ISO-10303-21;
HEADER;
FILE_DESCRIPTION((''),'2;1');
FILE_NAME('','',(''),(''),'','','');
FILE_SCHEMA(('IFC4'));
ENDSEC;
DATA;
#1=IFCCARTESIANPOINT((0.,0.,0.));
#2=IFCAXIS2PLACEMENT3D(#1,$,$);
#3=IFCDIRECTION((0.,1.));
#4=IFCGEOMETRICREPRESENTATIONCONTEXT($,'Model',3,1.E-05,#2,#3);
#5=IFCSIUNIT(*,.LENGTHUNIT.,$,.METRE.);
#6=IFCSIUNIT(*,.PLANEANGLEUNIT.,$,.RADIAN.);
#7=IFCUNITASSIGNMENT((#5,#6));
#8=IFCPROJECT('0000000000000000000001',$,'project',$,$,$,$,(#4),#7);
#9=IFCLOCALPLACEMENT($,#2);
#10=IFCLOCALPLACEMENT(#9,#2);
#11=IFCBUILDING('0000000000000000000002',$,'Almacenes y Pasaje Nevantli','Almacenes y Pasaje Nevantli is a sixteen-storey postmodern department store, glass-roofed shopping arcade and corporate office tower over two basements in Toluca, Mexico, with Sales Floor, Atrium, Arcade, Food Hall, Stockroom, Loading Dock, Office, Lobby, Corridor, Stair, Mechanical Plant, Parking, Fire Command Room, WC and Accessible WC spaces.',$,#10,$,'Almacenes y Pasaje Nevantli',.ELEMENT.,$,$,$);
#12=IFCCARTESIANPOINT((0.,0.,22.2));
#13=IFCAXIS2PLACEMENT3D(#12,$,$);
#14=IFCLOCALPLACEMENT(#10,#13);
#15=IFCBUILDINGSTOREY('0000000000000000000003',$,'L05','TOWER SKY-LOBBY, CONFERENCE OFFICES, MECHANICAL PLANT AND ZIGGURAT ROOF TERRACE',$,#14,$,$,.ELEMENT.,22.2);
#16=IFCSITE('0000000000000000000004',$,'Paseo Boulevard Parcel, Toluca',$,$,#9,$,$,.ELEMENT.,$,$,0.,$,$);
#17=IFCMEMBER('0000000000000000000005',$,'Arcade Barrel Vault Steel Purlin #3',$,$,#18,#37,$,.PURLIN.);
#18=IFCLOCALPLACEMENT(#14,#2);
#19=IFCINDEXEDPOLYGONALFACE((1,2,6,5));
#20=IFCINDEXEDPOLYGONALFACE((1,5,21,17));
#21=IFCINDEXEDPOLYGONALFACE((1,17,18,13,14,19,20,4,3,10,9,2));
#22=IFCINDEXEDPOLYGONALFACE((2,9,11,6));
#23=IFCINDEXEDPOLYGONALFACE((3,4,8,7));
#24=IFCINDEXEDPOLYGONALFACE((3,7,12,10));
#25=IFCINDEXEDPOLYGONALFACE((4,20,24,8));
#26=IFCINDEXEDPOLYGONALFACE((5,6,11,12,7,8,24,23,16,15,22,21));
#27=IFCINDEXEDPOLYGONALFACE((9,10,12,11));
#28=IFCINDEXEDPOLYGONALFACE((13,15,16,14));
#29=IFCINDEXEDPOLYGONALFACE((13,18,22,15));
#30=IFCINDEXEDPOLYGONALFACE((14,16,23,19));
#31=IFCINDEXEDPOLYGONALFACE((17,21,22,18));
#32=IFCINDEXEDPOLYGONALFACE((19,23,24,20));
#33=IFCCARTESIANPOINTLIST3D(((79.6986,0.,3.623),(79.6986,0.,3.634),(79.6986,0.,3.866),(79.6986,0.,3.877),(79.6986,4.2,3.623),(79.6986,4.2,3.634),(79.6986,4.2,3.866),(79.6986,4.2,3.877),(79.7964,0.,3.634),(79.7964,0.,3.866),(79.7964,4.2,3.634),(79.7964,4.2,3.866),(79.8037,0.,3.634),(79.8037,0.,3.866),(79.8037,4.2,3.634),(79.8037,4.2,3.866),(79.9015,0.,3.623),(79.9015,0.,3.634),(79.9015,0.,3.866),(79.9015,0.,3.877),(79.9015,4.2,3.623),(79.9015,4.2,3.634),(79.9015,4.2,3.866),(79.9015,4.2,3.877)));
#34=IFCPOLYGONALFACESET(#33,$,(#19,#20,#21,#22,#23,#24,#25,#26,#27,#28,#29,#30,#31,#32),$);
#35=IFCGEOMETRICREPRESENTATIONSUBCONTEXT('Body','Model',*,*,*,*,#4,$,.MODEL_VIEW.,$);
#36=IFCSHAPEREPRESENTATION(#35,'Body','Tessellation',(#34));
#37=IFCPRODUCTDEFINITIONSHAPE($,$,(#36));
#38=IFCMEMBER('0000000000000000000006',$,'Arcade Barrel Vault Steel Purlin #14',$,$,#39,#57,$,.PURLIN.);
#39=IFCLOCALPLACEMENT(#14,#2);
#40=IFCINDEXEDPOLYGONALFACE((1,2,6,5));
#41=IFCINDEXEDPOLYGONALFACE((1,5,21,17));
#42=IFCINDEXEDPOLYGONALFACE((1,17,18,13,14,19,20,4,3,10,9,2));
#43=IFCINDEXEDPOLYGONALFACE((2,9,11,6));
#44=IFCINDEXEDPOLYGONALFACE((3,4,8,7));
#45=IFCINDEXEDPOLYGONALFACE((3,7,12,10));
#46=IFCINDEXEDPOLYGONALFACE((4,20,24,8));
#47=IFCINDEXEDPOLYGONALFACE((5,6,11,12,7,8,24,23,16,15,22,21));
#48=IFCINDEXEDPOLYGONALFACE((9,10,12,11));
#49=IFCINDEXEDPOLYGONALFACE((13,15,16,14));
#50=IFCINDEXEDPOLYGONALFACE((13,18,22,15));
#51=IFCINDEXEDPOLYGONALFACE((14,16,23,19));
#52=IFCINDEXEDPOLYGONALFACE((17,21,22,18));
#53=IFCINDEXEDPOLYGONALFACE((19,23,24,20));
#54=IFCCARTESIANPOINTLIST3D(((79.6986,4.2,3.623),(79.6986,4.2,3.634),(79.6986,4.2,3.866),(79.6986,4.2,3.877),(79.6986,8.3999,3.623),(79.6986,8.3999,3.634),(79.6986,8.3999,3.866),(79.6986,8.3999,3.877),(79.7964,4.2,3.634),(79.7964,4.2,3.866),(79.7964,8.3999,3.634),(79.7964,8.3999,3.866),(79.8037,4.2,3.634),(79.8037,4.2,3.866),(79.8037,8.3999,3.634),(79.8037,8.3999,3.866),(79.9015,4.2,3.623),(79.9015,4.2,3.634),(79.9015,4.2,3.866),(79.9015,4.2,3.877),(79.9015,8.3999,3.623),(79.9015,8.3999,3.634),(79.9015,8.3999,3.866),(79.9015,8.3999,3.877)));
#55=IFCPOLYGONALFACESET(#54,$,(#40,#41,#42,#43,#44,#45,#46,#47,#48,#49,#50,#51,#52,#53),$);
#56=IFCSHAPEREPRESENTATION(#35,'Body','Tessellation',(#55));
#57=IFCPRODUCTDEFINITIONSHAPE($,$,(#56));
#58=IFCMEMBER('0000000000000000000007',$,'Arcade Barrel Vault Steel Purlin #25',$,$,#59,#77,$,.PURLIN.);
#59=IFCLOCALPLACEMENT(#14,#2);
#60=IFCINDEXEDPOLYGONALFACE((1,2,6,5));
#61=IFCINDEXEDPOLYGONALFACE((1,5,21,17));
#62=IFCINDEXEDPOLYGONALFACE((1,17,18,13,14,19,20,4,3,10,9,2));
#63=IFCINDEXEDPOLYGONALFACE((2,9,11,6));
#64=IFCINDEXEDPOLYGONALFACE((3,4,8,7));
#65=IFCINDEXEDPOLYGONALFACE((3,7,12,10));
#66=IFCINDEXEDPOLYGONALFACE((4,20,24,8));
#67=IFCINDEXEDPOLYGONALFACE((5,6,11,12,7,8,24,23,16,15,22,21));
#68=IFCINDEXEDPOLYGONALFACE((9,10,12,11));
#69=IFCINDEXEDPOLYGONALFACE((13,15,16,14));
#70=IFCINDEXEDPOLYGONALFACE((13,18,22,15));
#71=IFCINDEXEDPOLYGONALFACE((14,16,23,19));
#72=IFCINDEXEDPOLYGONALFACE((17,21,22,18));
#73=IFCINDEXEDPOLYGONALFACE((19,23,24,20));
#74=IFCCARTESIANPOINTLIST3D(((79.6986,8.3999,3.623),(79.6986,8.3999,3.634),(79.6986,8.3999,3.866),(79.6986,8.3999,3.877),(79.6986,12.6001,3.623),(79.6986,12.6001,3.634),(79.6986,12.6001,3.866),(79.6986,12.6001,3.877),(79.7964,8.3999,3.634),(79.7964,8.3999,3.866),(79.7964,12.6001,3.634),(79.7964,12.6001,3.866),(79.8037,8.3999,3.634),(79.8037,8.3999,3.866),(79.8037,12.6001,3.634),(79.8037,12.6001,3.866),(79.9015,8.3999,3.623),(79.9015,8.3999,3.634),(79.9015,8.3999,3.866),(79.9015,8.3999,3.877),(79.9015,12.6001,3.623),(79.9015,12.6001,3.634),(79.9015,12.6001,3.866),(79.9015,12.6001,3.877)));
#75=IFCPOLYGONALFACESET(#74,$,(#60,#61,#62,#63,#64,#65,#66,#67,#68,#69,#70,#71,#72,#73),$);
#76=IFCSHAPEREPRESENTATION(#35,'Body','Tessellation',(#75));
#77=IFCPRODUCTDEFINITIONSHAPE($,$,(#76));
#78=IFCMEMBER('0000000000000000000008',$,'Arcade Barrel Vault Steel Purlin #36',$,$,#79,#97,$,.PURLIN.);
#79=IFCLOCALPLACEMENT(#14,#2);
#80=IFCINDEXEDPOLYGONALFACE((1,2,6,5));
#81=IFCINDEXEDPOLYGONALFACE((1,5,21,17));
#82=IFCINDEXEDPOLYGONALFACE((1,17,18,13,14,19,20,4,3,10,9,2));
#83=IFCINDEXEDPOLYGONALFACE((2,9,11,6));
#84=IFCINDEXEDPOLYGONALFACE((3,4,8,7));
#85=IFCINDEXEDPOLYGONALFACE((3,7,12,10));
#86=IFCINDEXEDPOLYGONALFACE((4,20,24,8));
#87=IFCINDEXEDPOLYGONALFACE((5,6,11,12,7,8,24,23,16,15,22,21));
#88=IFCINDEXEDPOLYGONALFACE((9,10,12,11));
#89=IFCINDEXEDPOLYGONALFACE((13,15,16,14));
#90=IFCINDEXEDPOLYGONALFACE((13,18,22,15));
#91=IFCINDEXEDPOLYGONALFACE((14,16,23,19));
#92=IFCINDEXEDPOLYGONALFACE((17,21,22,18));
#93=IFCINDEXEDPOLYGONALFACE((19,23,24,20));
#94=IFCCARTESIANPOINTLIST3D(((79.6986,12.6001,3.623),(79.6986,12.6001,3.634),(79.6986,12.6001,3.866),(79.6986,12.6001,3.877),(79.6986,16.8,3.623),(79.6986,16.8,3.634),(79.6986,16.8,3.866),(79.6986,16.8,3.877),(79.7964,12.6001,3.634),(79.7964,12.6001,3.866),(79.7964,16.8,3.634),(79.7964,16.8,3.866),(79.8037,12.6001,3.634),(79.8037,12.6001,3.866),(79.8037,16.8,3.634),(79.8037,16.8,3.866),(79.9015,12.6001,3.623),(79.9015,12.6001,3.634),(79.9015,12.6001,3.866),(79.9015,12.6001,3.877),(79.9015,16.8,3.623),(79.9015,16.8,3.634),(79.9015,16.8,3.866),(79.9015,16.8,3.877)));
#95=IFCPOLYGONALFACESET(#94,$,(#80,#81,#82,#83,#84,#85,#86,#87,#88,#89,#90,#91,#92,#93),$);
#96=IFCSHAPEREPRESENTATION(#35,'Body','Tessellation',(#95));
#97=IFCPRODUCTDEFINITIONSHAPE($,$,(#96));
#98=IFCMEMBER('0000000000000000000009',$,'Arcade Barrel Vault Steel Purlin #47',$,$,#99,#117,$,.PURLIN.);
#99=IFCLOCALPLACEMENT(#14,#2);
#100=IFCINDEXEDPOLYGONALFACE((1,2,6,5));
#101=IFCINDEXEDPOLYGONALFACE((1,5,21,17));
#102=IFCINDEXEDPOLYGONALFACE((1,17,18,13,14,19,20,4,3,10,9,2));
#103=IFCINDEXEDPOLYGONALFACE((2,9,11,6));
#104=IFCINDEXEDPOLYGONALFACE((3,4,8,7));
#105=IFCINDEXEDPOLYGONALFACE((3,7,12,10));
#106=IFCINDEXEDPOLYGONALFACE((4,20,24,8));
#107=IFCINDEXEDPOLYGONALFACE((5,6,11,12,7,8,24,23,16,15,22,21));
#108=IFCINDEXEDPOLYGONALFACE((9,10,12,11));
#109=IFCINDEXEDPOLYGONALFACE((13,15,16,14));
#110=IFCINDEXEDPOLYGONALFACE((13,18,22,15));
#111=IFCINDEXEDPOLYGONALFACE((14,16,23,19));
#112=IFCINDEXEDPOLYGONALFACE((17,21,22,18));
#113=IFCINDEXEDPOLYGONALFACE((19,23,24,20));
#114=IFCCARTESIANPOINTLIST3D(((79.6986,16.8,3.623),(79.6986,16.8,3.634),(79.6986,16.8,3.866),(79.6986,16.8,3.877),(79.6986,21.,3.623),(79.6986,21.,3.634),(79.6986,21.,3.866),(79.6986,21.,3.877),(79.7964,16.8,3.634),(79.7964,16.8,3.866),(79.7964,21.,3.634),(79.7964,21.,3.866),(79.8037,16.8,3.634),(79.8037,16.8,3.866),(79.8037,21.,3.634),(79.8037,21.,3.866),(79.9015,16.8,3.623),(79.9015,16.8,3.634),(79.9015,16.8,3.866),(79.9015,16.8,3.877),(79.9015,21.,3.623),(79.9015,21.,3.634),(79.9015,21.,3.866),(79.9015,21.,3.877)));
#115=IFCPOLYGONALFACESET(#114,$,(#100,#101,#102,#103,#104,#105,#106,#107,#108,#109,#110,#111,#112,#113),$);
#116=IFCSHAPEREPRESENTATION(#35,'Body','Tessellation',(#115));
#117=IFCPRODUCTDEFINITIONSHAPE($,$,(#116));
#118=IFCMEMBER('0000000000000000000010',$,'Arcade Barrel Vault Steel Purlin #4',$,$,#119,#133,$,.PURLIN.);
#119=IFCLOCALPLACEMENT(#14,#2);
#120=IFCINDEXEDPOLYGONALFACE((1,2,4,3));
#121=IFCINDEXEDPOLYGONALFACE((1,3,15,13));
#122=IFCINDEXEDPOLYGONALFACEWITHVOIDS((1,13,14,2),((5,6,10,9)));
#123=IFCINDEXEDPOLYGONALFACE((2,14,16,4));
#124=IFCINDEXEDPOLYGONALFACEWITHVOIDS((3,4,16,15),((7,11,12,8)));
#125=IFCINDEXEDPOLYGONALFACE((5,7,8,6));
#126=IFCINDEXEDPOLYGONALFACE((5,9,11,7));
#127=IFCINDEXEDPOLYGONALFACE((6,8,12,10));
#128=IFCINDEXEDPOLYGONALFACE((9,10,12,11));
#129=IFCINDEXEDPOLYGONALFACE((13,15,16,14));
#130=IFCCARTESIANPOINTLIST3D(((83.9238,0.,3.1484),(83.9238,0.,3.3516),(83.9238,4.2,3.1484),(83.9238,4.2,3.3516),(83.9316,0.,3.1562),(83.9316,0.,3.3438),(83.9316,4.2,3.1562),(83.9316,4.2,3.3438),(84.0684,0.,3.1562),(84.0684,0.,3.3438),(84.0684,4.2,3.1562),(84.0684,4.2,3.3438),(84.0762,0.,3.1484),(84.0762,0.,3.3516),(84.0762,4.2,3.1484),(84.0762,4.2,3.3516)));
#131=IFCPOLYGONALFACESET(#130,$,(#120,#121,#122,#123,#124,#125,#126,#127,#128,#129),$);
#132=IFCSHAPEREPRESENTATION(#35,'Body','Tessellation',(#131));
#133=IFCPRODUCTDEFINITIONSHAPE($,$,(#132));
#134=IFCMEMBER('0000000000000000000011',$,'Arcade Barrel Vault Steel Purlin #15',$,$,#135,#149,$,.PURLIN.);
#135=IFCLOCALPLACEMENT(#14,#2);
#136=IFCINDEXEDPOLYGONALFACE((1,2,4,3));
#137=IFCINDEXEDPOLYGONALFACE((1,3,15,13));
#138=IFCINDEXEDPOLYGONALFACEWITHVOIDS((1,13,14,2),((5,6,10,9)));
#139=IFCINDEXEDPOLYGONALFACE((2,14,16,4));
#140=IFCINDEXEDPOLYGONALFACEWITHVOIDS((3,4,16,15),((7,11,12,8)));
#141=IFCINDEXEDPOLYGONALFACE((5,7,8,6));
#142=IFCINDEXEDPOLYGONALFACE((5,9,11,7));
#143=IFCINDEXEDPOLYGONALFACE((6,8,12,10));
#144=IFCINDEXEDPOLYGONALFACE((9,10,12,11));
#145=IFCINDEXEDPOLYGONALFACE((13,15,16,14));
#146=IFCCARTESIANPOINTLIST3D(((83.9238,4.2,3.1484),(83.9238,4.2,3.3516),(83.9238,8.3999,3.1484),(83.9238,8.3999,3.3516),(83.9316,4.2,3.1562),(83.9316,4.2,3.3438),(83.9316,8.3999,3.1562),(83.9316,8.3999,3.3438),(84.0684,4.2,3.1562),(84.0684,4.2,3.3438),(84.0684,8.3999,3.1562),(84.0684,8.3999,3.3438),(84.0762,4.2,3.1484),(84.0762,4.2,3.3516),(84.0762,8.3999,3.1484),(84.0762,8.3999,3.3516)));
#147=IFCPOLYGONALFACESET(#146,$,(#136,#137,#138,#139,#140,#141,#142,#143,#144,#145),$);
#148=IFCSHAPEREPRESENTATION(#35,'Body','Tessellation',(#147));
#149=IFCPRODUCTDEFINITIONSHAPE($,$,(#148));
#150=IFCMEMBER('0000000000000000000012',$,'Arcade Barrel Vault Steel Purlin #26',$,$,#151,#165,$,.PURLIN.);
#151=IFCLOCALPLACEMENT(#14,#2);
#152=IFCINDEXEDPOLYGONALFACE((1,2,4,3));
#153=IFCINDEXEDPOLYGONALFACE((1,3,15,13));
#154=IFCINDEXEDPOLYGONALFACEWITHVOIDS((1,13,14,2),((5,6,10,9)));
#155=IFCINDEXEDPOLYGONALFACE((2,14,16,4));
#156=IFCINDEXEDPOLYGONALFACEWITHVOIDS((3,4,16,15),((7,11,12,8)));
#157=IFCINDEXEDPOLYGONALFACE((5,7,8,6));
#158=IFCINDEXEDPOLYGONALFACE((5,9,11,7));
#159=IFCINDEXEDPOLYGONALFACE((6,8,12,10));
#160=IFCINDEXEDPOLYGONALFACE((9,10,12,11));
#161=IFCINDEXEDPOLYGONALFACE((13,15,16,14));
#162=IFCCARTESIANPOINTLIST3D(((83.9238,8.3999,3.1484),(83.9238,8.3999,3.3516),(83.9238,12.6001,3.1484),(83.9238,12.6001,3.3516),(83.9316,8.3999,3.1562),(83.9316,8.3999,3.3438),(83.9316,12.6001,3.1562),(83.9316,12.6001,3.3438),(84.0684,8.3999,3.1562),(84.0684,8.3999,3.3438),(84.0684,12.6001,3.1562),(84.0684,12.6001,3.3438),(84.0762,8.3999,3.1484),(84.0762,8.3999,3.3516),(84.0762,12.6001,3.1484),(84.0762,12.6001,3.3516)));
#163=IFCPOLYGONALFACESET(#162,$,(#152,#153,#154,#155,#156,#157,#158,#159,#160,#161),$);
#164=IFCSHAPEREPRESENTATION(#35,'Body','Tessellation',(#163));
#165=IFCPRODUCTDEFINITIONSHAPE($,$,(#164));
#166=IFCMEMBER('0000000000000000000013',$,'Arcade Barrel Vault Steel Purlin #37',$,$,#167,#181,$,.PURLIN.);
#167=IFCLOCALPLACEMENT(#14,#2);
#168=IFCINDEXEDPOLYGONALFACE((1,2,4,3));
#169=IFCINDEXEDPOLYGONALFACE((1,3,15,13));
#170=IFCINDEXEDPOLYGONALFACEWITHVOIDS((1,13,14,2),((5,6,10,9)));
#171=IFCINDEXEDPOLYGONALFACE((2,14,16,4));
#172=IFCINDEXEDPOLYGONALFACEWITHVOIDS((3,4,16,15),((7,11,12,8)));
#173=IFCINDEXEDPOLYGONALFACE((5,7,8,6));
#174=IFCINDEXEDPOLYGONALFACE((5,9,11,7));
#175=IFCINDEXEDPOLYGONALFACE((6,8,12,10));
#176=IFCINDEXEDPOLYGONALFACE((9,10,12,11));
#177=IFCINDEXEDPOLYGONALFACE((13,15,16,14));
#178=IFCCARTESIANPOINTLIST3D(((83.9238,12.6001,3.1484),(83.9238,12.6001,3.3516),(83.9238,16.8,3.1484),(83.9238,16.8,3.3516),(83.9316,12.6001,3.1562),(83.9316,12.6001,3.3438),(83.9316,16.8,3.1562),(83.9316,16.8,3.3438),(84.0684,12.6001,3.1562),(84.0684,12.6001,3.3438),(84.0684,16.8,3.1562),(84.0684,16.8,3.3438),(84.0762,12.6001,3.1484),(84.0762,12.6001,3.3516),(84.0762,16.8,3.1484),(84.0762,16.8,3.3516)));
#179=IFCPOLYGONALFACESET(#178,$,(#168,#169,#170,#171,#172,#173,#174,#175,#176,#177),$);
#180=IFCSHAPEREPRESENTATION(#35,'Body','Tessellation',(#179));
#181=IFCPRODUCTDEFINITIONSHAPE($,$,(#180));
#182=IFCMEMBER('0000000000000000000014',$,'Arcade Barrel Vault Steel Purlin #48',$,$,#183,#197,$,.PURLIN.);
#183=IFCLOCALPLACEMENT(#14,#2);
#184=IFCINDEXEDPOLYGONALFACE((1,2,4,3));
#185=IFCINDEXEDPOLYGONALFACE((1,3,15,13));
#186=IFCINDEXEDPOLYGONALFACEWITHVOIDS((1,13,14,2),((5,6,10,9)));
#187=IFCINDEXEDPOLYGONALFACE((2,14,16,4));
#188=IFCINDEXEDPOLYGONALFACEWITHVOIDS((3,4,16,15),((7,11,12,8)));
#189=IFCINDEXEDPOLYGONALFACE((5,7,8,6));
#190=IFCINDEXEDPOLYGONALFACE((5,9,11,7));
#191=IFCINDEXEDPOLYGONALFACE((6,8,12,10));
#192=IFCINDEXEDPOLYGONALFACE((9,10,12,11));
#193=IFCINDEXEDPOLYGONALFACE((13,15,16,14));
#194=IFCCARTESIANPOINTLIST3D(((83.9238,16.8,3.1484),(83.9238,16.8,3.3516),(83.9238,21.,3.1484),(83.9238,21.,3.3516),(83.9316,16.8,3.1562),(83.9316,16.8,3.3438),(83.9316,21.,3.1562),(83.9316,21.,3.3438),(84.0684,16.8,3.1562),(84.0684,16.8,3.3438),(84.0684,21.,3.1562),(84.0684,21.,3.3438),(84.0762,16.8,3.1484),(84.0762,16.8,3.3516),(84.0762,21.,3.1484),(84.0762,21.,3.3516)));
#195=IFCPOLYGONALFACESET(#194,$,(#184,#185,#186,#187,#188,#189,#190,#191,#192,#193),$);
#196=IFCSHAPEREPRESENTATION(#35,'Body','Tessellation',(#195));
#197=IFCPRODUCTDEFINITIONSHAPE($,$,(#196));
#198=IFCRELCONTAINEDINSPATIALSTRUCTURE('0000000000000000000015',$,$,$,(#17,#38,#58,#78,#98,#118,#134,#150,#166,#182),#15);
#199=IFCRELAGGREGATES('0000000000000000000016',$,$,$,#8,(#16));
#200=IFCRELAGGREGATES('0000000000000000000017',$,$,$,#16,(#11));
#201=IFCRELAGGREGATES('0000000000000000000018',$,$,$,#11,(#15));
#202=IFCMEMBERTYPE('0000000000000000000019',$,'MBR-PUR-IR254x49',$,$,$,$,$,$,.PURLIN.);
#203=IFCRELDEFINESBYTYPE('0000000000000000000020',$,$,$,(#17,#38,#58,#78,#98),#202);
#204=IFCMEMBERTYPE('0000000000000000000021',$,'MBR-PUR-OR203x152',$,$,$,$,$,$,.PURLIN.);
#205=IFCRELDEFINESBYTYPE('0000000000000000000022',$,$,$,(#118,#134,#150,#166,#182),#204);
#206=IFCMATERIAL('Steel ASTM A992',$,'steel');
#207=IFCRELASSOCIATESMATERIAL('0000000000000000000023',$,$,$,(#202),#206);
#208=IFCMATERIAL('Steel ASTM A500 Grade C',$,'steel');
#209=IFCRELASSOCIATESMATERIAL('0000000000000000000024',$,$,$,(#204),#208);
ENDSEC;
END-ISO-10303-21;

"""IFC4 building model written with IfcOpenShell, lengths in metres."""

from ifc_helpers import new_model, si_unit, direction, frame, origin, origin_2d, place, context, subcontext, project, spatial, hollow_rectangle, i_section, extrude, material, material_profile, profile_set, type_object, element, save


model = new_model("IFC4")

# Units and contexts
model_context = context("Model", 3, precision=1e-05, world=origin(), true_north=direction((0.0, 1.0)))
body_context = subcontext(model_context, "Body", "Model", "MODEL_VIEW")
ifc_project = project(units=[si_unit("LENGTHUNIT", "METRE"), si_unit("PLANEANGLEUNIT", "RADIAN")], contexts=[model_context])

# Site, building, storey
site_placement = place(None, origin())
site = spatial("IfcSite", under=ifc_project, at=site_placement, Name="Paseo Boulevard Parcel, Toluca", CompositionType="ELEMENT", RefElevation=0.0)
building_placement = place(site_placement, origin())
building = spatial("IfcBuilding", under=site, at=building_placement, Name="Almacenes y Pasaje Nevantli", Description="Almacenes y Pasaje Nevantli is a sixteen-storey postmodern department store, glass-roofed shopping arcade and corporate office tower over two basements in Toluca, Mexico, with Sales Floor, Atrium, Arcade, Food Hall, Stockroom, Loading Dock, Office, Lobby, Corridor, Stair, Mechanical Plant, Parking, Fire Command Room, WC and Accessible WC spaces.", LongName="Almacenes y Pasaje Nevantli", CompositionType="ELEMENT")
storey_placement = place(building_placement, frame((0.0, 0.0, 22.2)))
storey = spatial("IfcBuildingStorey", under=building, at=storey_placement, Name="L05", Description="TOWER SKY-LOBBY, CONFERENCE OFFICES, MECHANICAL PLANT AND ZIGGURAT ROOF TERRACE", CompositionType="ELEMENT", Elevation=22.2)

# Members
ifc_material_1 = material(Name="Steel ASTM A992", Category="steel")
ifc_material_profile_1 = material_profile(ifc_material_1, i_section(OverallWidth=0.2029, OverallDepth=0.2539, WebThickness=0.0073, FlangeThickness=0.011, at=origin_2d()), Name="IR 254x49.1")
ifc_profile_set_1 = profile_set([ifc_material_profile_1], Name="Steel ASTM A992")
member_type_1 = type_object("IfcMemberType", Name="MBR-PUR-IR254x49", PredefinedType="PURLIN", material=ifc_profile_set_1)
for number, where, z_axis, x_axis, name in (
    (1, (79.8, 0.0, 3.75), (0.0, 1.0, 0.0), (-1.0, 0.0, 0.0), "Arcade Barrel Vault Steel Purlin #3"),
    (2, (79.8, 4.2, 3.75), (0.0, 1.0, 0.0), (-1.0, 0.0, 0.0), "Arcade Barrel Vault Steel Purlin #14"),
):
    element("IfcMember", number, at=place(storey_placement, frame(where, z_axis=z_axis, x_axis=x_axis)), inside=storey, type_object=member_type_1, Name=name, PredefinedType="PURLIN", context=body_context, shape_type="SweptSolid", body=[
        extrude(i_section(OverallWidth=0.2029, OverallDepth=0.2539, WebThickness=0.0073, FlangeThickness=0.011, at=origin_2d()), origin(), (0.0, 0.0, 1.0), 4.2),
    ])
member_1_placement = place(storey_placement, frame((79.8, 8.3999, 3.75), z_axis=(0.0, 1.0, 0.0), x_axis=(-1.0, 0.0, 0.0)))
element("IfcMember", 3, at=member_1_placement, inside=storey, type_object=member_type_1, Name="Arcade Barrel Vault Steel Purlin #25", PredefinedType="PURLIN", context=body_context, shape_type="SweptSolid", body=[
    extrude(i_section(OverallWidth=0.2029, OverallDepth=0.2539, WebThickness=0.0073, FlangeThickness=0.011, at=origin_2d()), origin(), (0.0, 0.0, 1.0), 4.2002),
])
for number, where, z_axis, x_axis, name in (
    (4, (79.8, 12.6001, 3.75), (0.0, 1.0, 0.0), (-1.0, 0.0, 0.0), "Arcade Barrel Vault Steel Purlin #36"),
    (5, (79.8, 16.8, 3.75), (0.0, 1.0, 0.0), (-1.0, 0.0, 0.0), "Arcade Barrel Vault Steel Purlin #47"),
):
    element("IfcMember", number, at=place(storey_placement, frame(where, z_axis=z_axis, x_axis=x_axis)), inside=storey, type_object=member_type_1, Name=name, PredefinedType="PURLIN", context=body_context, shape_type="SweptSolid", body=[
        extrude(i_section(OverallWidth=0.2029, OverallDepth=0.2539, WebThickness=0.0073, FlangeThickness=0.011, at=origin_2d()), origin(), (0.0, 0.0, 1.0), 4.2),
    ])
ifc_material_2 = material(Name="Steel ASTM A500 Grade C", Category="steel")
ifc_material_profile_2 = material_profile(ifc_material_2, hollow_rectangle(XDim=0.1523, YDim=0.2031, WallThickness=0.0078, at=origin_2d()), Name="OR 203x152x7.9")
ifc_profile_set_2 = profile_set([ifc_material_profile_2], Name="Steel ASTM A500 Grade C")
member_type_2 = type_object("IfcMemberType", Name="MBR-PUR-OR203x152", PredefinedType="PURLIN", material=ifc_profile_set_2)
for number, where, z_axis, x_axis, name in (
    (6, (84.0, 0.0, 3.25), (0.0, 1.0, 0.0), (-1.0, 0.0, 0.0), "Arcade Barrel Vault Steel Purlin #4"),
    (7, (84.0, 4.2, 3.25), (0.0, 1.0, 0.0), (-1.0, 0.0, 0.0), "Arcade Barrel Vault Steel Purlin #15"),
):
    element("IfcMember", number, at=place(storey_placement, frame(where, z_axis=z_axis, x_axis=x_axis)), inside=storey, type_object=member_type_2, Name=name, PredefinedType="PURLIN", context=body_context, shape_type="SweptSolid", body=[
        extrude(hollow_rectangle(XDim=0.1523, YDim=0.2031, WallThickness=0.0078, at=origin_2d()), origin(), (0.0, 0.0, 1.0), 4.2),
    ])
member_2_placement = place(storey_placement, frame((84.0, 8.3999, 3.25), z_axis=(0.0, 1.0, 0.0), x_axis=(-1.0, 0.0, 0.0)))
element("IfcMember", 8, at=member_2_placement, inside=storey, type_object=member_type_2, Name="Arcade Barrel Vault Steel Purlin #26", PredefinedType="PURLIN", context=body_context, shape_type="SweptSolid", body=[
    extrude(hollow_rectangle(XDim=0.1523, YDim=0.2031, WallThickness=0.0078, at=origin_2d()), origin(), (0.0, 0.0, 1.0), 4.2002),
])
for number, where, z_axis, x_axis, name in (
    (9, (84.0, 12.6001, 3.25), (0.0, 1.0, 0.0), (-1.0, 0.0, 0.0), "Arcade Barrel Vault Steel Purlin #37"),
    (10, (84.0, 16.8, 3.25), (0.0, 1.0, 0.0), (-1.0, 0.0, 0.0), "Arcade Barrel Vault Steel Purlin #48"),
):
    element("IfcMember", number, at=place(storey_placement, frame(where, z_axis=z_axis, x_axis=x_axis)), inside=storey, type_object=member_type_2, Name=name, PredefinedType="PURLIN", context=body_context, shape_type="SweptSolid", body=[
        extrude(hollow_rectangle(XDim=0.1523, YDim=0.2031, WallThickness=0.0078, at=origin_2d()), origin(), (0.0, 0.0, 1.0), 4.2),
    ])

save(model, "model.ifc")
